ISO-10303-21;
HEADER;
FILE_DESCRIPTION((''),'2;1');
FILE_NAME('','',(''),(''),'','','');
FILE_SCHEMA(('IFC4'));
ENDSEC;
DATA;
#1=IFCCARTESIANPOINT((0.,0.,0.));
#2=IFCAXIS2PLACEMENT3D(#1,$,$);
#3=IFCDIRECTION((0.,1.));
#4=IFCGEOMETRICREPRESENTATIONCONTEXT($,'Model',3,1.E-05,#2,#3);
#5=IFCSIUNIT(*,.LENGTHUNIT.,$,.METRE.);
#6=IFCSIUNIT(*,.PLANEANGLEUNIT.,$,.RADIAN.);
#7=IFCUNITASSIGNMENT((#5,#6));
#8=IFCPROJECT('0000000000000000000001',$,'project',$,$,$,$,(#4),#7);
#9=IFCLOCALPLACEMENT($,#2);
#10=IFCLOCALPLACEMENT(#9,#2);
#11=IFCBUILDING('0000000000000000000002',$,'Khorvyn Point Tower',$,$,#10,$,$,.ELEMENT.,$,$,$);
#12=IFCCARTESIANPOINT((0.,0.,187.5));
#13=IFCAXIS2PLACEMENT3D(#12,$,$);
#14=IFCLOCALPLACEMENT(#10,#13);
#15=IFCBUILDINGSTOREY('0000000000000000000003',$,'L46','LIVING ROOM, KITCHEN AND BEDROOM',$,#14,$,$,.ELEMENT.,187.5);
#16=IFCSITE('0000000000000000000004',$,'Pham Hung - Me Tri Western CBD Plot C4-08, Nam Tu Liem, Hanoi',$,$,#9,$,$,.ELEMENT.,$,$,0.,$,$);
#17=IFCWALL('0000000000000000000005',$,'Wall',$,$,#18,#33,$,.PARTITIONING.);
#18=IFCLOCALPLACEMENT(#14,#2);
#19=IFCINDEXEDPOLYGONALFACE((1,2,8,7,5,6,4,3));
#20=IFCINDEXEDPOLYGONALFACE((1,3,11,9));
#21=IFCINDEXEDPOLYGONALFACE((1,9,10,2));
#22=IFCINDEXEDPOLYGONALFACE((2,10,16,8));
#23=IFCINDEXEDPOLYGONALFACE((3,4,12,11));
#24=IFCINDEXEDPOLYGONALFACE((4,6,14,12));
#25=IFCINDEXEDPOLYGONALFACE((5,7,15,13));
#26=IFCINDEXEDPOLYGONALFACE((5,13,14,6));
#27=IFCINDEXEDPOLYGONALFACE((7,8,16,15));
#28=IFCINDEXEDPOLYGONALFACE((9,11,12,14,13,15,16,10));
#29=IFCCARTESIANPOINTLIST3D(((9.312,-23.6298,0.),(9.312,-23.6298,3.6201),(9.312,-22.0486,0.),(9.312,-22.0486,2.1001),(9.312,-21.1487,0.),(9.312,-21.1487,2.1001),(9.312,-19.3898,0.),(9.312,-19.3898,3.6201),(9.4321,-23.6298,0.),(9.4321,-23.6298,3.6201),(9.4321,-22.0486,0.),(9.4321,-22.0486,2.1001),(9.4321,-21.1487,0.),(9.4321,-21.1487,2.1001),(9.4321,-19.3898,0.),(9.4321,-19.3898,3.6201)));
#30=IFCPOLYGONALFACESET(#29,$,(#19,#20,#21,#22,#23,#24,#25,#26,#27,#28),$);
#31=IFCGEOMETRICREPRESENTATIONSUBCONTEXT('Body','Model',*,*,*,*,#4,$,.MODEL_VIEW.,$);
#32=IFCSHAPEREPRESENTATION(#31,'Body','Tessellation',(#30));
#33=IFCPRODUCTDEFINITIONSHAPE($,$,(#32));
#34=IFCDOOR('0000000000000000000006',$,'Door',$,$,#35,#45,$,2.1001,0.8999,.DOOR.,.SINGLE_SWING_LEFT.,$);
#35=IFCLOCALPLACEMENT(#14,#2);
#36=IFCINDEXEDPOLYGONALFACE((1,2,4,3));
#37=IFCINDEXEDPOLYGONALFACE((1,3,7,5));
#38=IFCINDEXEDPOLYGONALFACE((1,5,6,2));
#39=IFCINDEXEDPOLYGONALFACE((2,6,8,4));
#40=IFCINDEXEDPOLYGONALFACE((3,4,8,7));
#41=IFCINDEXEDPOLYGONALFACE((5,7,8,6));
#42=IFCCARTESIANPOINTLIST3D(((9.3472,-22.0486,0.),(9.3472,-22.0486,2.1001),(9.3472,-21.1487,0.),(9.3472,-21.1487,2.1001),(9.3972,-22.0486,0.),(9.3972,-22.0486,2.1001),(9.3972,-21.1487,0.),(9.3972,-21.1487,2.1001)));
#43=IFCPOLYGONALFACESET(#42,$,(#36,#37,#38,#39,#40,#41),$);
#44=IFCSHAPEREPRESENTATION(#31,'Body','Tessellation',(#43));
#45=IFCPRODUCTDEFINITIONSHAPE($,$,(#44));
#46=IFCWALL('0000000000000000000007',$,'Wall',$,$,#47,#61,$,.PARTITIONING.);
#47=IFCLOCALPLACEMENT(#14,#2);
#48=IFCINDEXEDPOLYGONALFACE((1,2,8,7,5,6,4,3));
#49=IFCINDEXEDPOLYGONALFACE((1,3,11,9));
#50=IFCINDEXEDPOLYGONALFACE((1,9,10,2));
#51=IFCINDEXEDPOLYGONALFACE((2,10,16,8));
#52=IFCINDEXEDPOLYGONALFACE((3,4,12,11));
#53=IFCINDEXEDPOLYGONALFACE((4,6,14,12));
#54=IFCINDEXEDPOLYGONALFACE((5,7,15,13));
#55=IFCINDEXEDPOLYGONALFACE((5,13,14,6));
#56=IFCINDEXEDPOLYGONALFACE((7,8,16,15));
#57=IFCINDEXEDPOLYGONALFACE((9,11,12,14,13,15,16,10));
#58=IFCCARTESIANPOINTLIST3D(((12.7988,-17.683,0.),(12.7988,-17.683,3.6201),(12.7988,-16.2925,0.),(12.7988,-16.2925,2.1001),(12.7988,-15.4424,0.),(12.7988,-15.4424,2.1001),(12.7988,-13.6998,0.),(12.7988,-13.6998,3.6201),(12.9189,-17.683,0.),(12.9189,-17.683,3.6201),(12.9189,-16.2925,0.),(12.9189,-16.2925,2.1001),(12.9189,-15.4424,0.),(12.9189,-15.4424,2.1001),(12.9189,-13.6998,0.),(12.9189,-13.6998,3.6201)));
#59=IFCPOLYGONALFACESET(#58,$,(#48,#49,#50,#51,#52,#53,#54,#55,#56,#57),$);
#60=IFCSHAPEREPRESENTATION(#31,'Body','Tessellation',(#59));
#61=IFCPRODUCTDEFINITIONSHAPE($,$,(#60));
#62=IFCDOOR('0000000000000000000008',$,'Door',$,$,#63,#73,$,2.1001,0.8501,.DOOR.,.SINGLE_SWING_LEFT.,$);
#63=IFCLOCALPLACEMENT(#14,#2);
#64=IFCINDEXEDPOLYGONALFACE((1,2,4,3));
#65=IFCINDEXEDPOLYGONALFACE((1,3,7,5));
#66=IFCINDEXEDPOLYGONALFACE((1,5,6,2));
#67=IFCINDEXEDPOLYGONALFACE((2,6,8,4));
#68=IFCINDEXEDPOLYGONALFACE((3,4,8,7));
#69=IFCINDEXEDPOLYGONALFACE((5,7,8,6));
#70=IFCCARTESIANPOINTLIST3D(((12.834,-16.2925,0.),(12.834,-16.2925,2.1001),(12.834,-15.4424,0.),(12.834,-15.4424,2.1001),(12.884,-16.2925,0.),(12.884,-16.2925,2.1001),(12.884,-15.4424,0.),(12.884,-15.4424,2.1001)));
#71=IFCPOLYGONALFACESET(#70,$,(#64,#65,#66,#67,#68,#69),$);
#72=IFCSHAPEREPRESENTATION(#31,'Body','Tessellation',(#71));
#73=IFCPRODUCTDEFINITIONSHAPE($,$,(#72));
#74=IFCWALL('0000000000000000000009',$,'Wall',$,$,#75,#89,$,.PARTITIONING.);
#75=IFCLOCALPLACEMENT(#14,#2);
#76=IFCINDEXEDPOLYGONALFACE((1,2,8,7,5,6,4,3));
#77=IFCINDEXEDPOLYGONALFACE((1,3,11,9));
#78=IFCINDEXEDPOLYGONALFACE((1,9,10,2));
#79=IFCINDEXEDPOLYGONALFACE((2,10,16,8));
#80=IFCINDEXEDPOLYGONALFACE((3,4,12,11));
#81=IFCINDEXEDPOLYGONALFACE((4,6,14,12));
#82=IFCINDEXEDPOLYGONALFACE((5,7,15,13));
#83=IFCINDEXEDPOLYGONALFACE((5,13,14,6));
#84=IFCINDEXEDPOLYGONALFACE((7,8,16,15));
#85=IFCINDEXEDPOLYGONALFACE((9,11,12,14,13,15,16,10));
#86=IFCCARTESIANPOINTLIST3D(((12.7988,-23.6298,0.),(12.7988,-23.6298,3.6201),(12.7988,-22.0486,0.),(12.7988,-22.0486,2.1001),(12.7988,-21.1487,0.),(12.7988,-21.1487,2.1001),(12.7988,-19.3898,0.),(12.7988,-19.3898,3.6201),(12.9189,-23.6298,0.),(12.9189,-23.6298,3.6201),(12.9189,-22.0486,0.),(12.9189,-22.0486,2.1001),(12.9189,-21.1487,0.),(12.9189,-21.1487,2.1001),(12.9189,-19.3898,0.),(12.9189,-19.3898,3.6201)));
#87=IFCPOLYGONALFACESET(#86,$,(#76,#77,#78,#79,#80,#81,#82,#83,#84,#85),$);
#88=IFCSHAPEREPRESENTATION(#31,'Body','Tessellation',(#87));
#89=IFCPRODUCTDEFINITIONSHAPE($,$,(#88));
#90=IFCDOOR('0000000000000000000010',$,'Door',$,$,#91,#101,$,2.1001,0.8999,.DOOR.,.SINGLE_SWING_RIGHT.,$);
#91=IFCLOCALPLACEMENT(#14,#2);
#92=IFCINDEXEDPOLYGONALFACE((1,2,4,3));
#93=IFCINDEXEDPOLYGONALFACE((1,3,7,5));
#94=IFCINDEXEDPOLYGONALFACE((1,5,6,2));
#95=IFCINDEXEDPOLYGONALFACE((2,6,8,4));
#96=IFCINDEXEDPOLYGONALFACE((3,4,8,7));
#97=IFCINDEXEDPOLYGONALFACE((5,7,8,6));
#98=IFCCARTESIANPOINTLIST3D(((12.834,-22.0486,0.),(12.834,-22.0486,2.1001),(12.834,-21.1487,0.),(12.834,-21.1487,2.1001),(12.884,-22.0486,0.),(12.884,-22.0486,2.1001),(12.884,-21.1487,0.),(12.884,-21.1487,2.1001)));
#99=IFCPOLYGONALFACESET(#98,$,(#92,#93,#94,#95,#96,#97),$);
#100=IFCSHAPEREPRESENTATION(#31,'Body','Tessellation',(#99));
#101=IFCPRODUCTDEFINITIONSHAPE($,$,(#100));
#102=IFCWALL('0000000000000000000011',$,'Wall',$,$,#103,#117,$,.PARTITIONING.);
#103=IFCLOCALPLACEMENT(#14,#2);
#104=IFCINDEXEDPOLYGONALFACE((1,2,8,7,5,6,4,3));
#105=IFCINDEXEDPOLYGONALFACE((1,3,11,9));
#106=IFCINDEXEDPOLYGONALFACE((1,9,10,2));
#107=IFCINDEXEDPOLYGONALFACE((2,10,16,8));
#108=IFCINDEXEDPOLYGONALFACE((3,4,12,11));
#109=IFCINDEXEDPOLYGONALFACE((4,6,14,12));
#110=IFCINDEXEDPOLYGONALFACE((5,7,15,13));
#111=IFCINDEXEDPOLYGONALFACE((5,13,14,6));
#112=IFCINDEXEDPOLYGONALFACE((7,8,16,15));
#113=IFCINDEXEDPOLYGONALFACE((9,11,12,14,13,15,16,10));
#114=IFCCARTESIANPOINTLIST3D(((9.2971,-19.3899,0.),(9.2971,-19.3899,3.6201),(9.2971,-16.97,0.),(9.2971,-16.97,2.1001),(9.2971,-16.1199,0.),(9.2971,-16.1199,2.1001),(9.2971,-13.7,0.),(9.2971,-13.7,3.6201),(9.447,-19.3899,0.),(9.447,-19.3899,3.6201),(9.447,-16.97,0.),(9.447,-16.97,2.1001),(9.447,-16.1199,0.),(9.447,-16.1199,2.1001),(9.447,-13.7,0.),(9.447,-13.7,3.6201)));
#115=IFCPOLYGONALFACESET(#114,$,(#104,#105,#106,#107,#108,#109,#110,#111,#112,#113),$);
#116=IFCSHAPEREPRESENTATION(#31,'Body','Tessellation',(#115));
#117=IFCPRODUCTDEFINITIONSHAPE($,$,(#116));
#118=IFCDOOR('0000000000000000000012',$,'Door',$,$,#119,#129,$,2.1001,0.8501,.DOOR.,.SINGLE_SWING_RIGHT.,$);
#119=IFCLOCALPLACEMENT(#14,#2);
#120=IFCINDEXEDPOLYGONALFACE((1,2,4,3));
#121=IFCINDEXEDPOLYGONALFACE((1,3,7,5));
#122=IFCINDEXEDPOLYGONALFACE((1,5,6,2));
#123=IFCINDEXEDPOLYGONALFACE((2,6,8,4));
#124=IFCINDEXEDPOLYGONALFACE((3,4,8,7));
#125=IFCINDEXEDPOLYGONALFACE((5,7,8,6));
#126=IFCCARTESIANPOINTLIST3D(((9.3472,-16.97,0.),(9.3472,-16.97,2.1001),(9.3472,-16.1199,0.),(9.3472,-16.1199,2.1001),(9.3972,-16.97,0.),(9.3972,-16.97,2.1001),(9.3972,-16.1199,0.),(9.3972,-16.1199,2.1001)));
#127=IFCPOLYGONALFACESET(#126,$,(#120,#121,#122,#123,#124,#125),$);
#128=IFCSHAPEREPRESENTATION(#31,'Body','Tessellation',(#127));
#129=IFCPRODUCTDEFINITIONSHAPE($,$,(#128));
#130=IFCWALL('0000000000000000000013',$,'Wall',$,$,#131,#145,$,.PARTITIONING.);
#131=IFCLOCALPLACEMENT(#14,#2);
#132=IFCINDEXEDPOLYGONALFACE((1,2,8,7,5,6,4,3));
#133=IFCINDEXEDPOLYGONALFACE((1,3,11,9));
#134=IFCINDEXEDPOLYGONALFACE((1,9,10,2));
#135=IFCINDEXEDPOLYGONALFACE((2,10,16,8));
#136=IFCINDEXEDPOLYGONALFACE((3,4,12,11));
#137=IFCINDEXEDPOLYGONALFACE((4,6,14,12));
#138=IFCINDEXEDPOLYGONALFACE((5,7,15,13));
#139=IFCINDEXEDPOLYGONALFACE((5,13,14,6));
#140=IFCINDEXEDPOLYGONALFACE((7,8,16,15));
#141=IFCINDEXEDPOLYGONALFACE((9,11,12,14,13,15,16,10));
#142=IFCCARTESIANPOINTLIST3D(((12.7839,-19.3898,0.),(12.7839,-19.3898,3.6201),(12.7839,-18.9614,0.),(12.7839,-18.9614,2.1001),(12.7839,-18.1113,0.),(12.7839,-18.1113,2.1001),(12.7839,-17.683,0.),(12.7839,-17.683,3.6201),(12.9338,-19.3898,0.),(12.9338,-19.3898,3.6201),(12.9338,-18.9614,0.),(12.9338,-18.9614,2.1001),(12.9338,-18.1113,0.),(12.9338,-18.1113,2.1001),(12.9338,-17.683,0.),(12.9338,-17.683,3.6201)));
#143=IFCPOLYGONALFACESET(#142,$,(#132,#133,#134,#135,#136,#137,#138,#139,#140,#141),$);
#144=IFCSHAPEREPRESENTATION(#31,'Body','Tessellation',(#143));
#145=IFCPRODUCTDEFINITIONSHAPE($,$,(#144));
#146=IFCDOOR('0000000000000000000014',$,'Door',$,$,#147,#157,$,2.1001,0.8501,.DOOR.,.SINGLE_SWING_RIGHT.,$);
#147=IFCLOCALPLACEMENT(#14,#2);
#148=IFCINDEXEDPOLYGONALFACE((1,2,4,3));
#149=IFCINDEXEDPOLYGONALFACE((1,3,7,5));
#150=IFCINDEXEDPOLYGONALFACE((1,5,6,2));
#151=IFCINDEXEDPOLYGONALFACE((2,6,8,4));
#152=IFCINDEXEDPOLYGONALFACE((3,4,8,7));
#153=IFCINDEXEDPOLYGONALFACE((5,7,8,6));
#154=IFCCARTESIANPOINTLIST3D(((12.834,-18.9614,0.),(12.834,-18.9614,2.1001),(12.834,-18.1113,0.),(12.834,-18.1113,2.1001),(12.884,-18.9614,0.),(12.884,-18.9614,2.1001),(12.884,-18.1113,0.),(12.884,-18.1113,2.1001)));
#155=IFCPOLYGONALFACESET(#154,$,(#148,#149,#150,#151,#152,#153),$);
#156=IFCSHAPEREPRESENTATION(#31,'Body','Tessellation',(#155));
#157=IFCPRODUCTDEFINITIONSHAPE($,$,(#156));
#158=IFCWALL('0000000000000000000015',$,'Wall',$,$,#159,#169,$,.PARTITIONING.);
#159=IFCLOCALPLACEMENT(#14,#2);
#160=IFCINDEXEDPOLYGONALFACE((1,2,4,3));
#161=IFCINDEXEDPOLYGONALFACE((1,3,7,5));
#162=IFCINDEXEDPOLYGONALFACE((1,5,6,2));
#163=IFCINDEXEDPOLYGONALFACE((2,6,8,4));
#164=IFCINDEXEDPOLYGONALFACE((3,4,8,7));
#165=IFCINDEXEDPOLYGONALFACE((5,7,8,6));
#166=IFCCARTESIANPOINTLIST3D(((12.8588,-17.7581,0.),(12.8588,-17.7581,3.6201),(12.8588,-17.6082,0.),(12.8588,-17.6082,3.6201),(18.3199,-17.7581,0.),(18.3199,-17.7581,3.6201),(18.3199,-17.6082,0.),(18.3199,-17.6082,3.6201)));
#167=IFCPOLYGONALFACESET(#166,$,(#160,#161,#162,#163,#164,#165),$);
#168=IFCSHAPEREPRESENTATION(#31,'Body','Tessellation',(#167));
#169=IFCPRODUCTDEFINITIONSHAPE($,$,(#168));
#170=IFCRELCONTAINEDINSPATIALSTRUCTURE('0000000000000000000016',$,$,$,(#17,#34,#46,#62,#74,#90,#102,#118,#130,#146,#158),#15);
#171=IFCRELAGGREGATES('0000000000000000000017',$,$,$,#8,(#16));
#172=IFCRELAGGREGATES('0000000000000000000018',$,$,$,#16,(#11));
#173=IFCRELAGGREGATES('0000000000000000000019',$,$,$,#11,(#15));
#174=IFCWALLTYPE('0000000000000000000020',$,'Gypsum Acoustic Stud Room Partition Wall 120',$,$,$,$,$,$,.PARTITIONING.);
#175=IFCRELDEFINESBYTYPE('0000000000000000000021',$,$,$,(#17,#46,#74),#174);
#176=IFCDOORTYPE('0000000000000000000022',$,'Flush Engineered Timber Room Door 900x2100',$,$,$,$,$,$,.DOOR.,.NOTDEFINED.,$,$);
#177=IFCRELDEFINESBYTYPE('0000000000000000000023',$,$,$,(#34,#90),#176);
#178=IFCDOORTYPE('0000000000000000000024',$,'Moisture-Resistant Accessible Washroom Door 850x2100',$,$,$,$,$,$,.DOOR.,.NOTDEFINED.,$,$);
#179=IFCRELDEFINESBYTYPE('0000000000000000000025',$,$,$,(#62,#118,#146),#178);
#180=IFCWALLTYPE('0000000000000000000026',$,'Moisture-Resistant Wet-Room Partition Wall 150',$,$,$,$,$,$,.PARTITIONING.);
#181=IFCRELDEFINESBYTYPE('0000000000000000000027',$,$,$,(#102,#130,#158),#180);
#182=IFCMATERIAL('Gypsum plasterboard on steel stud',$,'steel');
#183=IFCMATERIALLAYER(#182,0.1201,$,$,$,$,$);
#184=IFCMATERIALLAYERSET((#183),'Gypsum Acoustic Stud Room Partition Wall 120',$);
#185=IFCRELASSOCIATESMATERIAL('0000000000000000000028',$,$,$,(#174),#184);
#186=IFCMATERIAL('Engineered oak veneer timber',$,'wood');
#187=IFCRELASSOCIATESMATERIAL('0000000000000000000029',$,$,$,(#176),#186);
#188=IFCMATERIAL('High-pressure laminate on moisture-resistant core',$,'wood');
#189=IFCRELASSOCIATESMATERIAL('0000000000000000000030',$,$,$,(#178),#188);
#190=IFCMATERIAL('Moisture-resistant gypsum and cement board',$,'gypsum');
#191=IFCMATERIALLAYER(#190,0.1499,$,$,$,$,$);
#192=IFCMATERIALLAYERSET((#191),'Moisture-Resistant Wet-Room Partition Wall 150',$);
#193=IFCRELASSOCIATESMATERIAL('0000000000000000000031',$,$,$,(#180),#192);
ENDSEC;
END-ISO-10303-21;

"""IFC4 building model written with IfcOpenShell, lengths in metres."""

from ifc_helpers import new_model, si_unit, direction, frame, frame_2d, origin, place, context, subcontext, project, spatial, rectangle, extrude, material, layer, layer_set, type_object, element, fill, save


model = new_model("IFC4")

# Units and contexts
model_context = context("Model", 3, precision=1e-05, world=origin(), true_north=direction((0.0, 1.0)))
body_context = subcontext(model_context, "Body", "Model", "MODEL_VIEW")
ifc_project = project(units=[si_unit("LENGTHUNIT", "METRE"), si_unit("PLANEANGLEUNIT", "RADIAN")], contexts=[model_context])

# Site, building, storey
site_placement = place(None, origin())
site = spatial("IfcSite", under=ifc_project, at=site_placement, Name="Pham Hung - Me Tri Western CBD Plot C4-08, Nam Tu Liem, Hanoi", CompositionType="ELEMENT", RefElevation=0.0)
building_placement = place(site_placement, origin())
building = spatial("IfcBuilding", under=site, at=building_placement, Name="Khorvyn Point Tower", CompositionType="ELEMENT")
storey_placement = place(building_placement, frame((0.0, 0.0, 187.5)))
storey = spatial("IfcBuildingStorey", under=building, at=storey_placement, Name="L46", Description="LIVING ROOM, KITCHEN AND BEDROOM", CompositionType="ELEMENT", Elevation=187.5)

# Walls, openings, doors
ifc_material_1 = material(Name="Gypsum plasterboard on steel stud", Category="steel")
ifc_layer_1 = layer(ifc_material_1, 0.1201)
ifc_layer_set_1 = layer_set([ifc_layer_1], Name="Gypsum Acoustic Stud Room Partition Wall 120")
wall_type_1 = type_object("IfcWallType", Name="Gypsum Acoustic Stud Room Partition Wall 120", PredefinedType="PARTITIONING", material=ifc_layer_set_1)
wall_1_placement = place(storey_placement, frame((9.3721, -23.6299, 0.0), z_axis=(0.0, 0.0, 1.0), x_axis=(0.0, 1.0, 0.0)))
wall_1 = element("IfcWall", 1, at=wall_1_placement, inside=storey, type_object=wall_type_1, Name="Wall", PredefinedType="PARTITIONING", context=body_context, shape_type="SweptSolid", body=[
    extrude(rectangle(XDim=4.24, YDim=0.1201, at=frame_2d((2.1201, 0.0))), origin(), (0.0, 0.0, 1.0), 3.6201),
])
opening_1_placement = place(wall_1_placement, frame((1.5813, 0.0, 0.0)))
opening_1 = element("IfcOpeningElement", 2, at=opening_1_placement, cuts=wall_1, PredefinedType="OPENING", context=body_context, shape_type="SweptSolid", body=[
    extrude(rectangle(XDim=0.8999, YDim=2.1001, at=frame_2d((0.45, 1.05))), frame((0.0, 0.0701, 0.0), z_axis=(0.0, -1.0, 0.0), x_axis=(1.0, 0.0, 0.0)), (0.0, 0.0, 1.0), 0.1401),
])
ifc_material_2 = material(Name="Engineered oak veneer timber", Category="wood")
door_type_1 = type_object("IfcDoorType", Name="Flush Engineered Timber Room Door 900x2100", OperationType="NOTDEFINED", PredefinedType="DOOR", material=ifc_material_2)
door_1_placement = place(opening_1_placement, origin())
door_1 = element("IfcDoor", 3, at=door_1_placement, inside=storey, type_object=door_type_1, Name="Door", OperationType="SINGLE_SWING_LEFT", OverallHeight=2.1001, OverallWidth=0.8999, PredefinedType="DOOR", context=body_context, shape_type="SweptSolid", body=[
    extrude(rectangle(XDim=0.8999, YDim=2.1001, at=frame_2d((0.45, 1.05))), frame((0.0, 0.0249, 0.0), z_axis=(0.0, -1.0, 0.0), x_axis=(1.0, 0.0, 0.0)), (0.0, 0.0, 1.0), 0.05),
])
fill(opening_1, door_1)
wall_2_placement = place(storey_placement, frame((12.8589, -17.6831, 0.0), z_axis=(0.0, 0.0, 1.0), x_axis=(0.0, 1.0, 0.0)))
wall_2 = element("IfcWall", 4, at=wall_2_placement, inside=storey, type_object=wall_type_1, Name="Wall", PredefinedType="PARTITIONING", context=body_context, shape_type="SweptSolid", body=[
    extrude(rectangle(XDim=3.9832, YDim=0.1201, at=frame_2d((1.9917, 0.0))), origin(), (0.0, 0.0, 1.0), 3.6201),
])
opening_2_placement = place(wall_2_placement, frame((1.3906, 0.0, 0.0)))
opening_2 = element("IfcOpeningElement", 5, at=opening_2_placement, cuts=wall_2, PredefinedType="OPENING", context=body_context, shape_type="SweptSolid", body=[
    extrude(rectangle(XDim=0.8501, YDim=2.1001, at=frame_2d((0.425, 1.05))), frame((0.0, 0.0701, 0.0), z_axis=(0.0, -1.0, 0.0), x_axis=(1.0, 0.0, 0.0)), (0.0, 0.0, 1.0), 0.1401),
])
ifc_material_3 = material(Name="High-pressure laminate on moisture-resistant core", Category="wood")
door_type_2 = type_object("IfcDoorType", Name="Moisture-Resistant Accessible Washroom Door 850x2100", OperationType="NOTDEFINED", PredefinedType="DOOR", material=ifc_material_3)
door_2_placement = place(opening_2_placement, origin())
door_2 = element("IfcDoor", 6, at=door_2_placement, inside=storey, type_object=door_type_2, Name="Door", OperationType="SINGLE_SWING_LEFT", OverallHeight=2.1001, OverallWidth=0.8501, PredefinedType="DOOR", context=body_context, shape_type="SweptSolid", body=[
    extrude(rectangle(XDim=0.8501, YDim=2.1001, at=frame_2d((0.425, 1.05))), frame((0.0, 0.0249, 0.0), z_axis=(0.0, -1.0, 0.0), x_axis=(1.0, 0.0, 0.0)), (0.0, 0.0, 1.0), 0.05),
])
fill(opening_2, door_2)
wall_3_placement = place(storey_placement, frame((12.8589, -23.6299, 0.0), z_axis=(0.0, 0.0, 1.0), x_axis=(0.0, 1.0, 0.0)))
wall_3 = element("IfcWall", 7, at=wall_3_placement, inside=storey, type_object=wall_type_1, Name="Wall", PredefinedType="PARTITIONING", context=body_context, shape_type="SweptSolid", body=[
    extrude(rectangle(XDim=4.24, YDim=0.1201, at=frame_2d((2.1201, 0.0))), origin(), (0.0, 0.0, 1.0), 3.6201),
])
opening_3_placement = place(wall_3_placement, frame((1.5813, 0.0, 0.0)))
opening_3 = element("IfcOpeningElement", 8, at=opening_3_placement, cuts=wall_3, PredefinedType="OPENING", context=body_context, shape_type="SweptSolid", body=[
    extrude(rectangle(XDim=0.8999, YDim=2.1001, at=frame_2d((0.45, 1.05))), frame((0.0, 0.0701, 0.0), z_axis=(0.0, -1.0, 0.0), x_axis=(1.0, 0.0, 0.0)), (0.0, 0.0, 1.0), 0.1401),
])
door_3_placement = place(opening_3_placement, origin())
door_3 = element("IfcDoor", 9, at=door_3_placement, inside=storey, type_object=door_type_1, Name="Door", OperationType="SINGLE_SWING_RIGHT", OverallHeight=2.1001, OverallWidth=0.8999, PredefinedType="DOOR", context=body_context, shape_type="SweptSolid", body=[
    extrude(rectangle(XDim=0.8999, YDim=2.1001, at=frame_2d((0.45, 1.05))), frame((0.0, 0.0249, 0.0), z_axis=(0.0, -1.0, 0.0), x_axis=(1.0, 0.0, 0.0)), (0.0, 0.0, 1.0), 0.05),
])
fill(opening_3, door_3)
ifc_material_4 = material(Name="Moisture-resistant gypsum and cement board", Category="gypsum")
ifc_layer_2 = layer(ifc_material_4, 0.1499)
ifc_layer_set_2 = layer_set([ifc_layer_2], Name="Moisture-Resistant Wet-Room Partition Wall 150")
wall_type_2 = type_object("IfcWallType", Name="Moisture-Resistant Wet-Room Partition Wall 150", PredefinedType="PARTITIONING", material=ifc_layer_set_2)
wall_4_placement = place(storey_placement, frame((9.3721, -19.3899, 0.0), z_axis=(0.0, 0.0, 1.0), x_axis=(0.0, 1.0, 0.0)))
wall_4 = element("IfcWall", 10, at=wall_4_placement, inside=storey, type_object=wall_type_2, Name="Wall", PredefinedType="PARTITIONING", context=body_context, shape_type="SweptSolid", body=[
    extrude(rectangle(XDim=5.6899, YDim=0.1499, at=frame_2d((2.845, 0.0))), origin(), (0.0, 0.0, 1.0), 3.6201),
])
opening_4_placement = place(wall_4_placement, frame((2.4199, 0.0, 0.0)))
opening_4 = element("IfcOpeningElement", 11, at=opening_4_placement, cuts=wall_4, PredefinedType="OPENING", context=body_context, shape_type="SweptSolid", body=[
    extrude(rectangle(XDim=0.8501, YDim=2.1001, at=frame_2d((0.425, 1.05))), frame((0.0, 0.085, 0.0), z_axis=(0.0, -1.0, 0.0), x_axis=(1.0, 0.0, 0.0)), (0.0, 0.0, 1.0), 0.1699),
])
door_4_placement = place(opening_4_placement, origin())
door_4 = element("IfcDoor", 12, at=door_4_placement, inside=storey, type_object=door_type_2, Name="Door", OperationType="SINGLE_SWING_RIGHT", OverallHeight=2.1001, OverallWidth=0.8501, PredefinedType="DOOR", context=body_context, shape_type="SweptSolid", body=[
    extrude(rectangle(XDim=0.8501, YDim=2.1001, at=frame_2d((0.425, 1.05))), frame((0.0, 0.0249, 0.0), z_axis=(0.0, -1.0, 0.0), x_axis=(1.0, 0.0, 0.0)), (0.0, 0.0, 1.0), 0.05),
])
fill(opening_4, door_4)
wall_5_placement = place(storey_placement, frame((12.8589, -19.3899, 0.0), z_axis=(0.0, 0.0, 1.0), x_axis=(0.0, 1.0, 0.0)))
wall_5 = element("IfcWall", 13, at=wall_5_placement, inside=storey, type_object=wall_type_2, Name="Wall", PredefinedType="PARTITIONING", context=body_context, shape_type="SweptSolid", body=[
    extrude(rectangle(XDim=1.7068, YDim=0.1499, at=frame_2d((0.8535, 0.0))), origin(), (0.0, 0.0, 1.0), 3.6201),
])
opening_5_placement = place(wall_5_placement, frame((0.4285, 0.0, 0.0)))
opening_5 = element("IfcOpeningElement", 14, at=opening_5_placement, cuts=wall_5, PredefinedType="OPENING", context=body_context, shape_type="SweptSolid", body=[
    extrude(rectangle(XDim=0.8501, YDim=2.1001, at=frame_2d((0.425, 1.05))), frame((0.0, 0.085, 0.0), z_axis=(0.0, -1.0, 0.0), x_axis=(1.0, 0.0, 0.0)), (0.0, 0.0, 1.0), 0.1699),
])
door_5_placement = place(opening_5_placement, origin())
door_5 = element("IfcDoor", 15, at=door_5_placement, inside=storey, type_object=door_type_2, Name="Door", OperationType="SINGLE_SWING_RIGHT", OverallHeight=2.1001, OverallWidth=0.8501, PredefinedType="DOOR", context=body_context, shape_type="SweptSolid", body=[
    extrude(rectangle(XDim=0.8501, YDim=2.1001, at=frame_2d((0.425, 1.05))), frame((0.0, 0.0249, 0.0), z_axis=(0.0, -1.0, 0.0), x_axis=(1.0, 0.0, 0.0)), (0.0, 0.0, 1.0), 0.05),
])
fill(opening_5, door_5)

# Wall
for number, where, z_axis, x_axis, name in (
    (16, (12.8589, -17.6831, 0.0), (0.0, 0.0, 1.0), (1.0, 0.0, 0.0), "Wall"),
):
    element("IfcWall", number, at=place(storey_placement, frame(where, z_axis=z_axis, x_axis=x_axis)), inside=storey, type_object=wall_type_2, Name=name, PredefinedType="PARTITIONING", context=body_context, shape_type="SweptSolid", body=[
        extrude(rectangle(XDim=5.4612, YDim=0.1499, at=frame_2d((2.7305, 0.0))), origin(), (0.0, 0.0, 1.0), 3.6201),
    ])

save(model, "model.ifc")
